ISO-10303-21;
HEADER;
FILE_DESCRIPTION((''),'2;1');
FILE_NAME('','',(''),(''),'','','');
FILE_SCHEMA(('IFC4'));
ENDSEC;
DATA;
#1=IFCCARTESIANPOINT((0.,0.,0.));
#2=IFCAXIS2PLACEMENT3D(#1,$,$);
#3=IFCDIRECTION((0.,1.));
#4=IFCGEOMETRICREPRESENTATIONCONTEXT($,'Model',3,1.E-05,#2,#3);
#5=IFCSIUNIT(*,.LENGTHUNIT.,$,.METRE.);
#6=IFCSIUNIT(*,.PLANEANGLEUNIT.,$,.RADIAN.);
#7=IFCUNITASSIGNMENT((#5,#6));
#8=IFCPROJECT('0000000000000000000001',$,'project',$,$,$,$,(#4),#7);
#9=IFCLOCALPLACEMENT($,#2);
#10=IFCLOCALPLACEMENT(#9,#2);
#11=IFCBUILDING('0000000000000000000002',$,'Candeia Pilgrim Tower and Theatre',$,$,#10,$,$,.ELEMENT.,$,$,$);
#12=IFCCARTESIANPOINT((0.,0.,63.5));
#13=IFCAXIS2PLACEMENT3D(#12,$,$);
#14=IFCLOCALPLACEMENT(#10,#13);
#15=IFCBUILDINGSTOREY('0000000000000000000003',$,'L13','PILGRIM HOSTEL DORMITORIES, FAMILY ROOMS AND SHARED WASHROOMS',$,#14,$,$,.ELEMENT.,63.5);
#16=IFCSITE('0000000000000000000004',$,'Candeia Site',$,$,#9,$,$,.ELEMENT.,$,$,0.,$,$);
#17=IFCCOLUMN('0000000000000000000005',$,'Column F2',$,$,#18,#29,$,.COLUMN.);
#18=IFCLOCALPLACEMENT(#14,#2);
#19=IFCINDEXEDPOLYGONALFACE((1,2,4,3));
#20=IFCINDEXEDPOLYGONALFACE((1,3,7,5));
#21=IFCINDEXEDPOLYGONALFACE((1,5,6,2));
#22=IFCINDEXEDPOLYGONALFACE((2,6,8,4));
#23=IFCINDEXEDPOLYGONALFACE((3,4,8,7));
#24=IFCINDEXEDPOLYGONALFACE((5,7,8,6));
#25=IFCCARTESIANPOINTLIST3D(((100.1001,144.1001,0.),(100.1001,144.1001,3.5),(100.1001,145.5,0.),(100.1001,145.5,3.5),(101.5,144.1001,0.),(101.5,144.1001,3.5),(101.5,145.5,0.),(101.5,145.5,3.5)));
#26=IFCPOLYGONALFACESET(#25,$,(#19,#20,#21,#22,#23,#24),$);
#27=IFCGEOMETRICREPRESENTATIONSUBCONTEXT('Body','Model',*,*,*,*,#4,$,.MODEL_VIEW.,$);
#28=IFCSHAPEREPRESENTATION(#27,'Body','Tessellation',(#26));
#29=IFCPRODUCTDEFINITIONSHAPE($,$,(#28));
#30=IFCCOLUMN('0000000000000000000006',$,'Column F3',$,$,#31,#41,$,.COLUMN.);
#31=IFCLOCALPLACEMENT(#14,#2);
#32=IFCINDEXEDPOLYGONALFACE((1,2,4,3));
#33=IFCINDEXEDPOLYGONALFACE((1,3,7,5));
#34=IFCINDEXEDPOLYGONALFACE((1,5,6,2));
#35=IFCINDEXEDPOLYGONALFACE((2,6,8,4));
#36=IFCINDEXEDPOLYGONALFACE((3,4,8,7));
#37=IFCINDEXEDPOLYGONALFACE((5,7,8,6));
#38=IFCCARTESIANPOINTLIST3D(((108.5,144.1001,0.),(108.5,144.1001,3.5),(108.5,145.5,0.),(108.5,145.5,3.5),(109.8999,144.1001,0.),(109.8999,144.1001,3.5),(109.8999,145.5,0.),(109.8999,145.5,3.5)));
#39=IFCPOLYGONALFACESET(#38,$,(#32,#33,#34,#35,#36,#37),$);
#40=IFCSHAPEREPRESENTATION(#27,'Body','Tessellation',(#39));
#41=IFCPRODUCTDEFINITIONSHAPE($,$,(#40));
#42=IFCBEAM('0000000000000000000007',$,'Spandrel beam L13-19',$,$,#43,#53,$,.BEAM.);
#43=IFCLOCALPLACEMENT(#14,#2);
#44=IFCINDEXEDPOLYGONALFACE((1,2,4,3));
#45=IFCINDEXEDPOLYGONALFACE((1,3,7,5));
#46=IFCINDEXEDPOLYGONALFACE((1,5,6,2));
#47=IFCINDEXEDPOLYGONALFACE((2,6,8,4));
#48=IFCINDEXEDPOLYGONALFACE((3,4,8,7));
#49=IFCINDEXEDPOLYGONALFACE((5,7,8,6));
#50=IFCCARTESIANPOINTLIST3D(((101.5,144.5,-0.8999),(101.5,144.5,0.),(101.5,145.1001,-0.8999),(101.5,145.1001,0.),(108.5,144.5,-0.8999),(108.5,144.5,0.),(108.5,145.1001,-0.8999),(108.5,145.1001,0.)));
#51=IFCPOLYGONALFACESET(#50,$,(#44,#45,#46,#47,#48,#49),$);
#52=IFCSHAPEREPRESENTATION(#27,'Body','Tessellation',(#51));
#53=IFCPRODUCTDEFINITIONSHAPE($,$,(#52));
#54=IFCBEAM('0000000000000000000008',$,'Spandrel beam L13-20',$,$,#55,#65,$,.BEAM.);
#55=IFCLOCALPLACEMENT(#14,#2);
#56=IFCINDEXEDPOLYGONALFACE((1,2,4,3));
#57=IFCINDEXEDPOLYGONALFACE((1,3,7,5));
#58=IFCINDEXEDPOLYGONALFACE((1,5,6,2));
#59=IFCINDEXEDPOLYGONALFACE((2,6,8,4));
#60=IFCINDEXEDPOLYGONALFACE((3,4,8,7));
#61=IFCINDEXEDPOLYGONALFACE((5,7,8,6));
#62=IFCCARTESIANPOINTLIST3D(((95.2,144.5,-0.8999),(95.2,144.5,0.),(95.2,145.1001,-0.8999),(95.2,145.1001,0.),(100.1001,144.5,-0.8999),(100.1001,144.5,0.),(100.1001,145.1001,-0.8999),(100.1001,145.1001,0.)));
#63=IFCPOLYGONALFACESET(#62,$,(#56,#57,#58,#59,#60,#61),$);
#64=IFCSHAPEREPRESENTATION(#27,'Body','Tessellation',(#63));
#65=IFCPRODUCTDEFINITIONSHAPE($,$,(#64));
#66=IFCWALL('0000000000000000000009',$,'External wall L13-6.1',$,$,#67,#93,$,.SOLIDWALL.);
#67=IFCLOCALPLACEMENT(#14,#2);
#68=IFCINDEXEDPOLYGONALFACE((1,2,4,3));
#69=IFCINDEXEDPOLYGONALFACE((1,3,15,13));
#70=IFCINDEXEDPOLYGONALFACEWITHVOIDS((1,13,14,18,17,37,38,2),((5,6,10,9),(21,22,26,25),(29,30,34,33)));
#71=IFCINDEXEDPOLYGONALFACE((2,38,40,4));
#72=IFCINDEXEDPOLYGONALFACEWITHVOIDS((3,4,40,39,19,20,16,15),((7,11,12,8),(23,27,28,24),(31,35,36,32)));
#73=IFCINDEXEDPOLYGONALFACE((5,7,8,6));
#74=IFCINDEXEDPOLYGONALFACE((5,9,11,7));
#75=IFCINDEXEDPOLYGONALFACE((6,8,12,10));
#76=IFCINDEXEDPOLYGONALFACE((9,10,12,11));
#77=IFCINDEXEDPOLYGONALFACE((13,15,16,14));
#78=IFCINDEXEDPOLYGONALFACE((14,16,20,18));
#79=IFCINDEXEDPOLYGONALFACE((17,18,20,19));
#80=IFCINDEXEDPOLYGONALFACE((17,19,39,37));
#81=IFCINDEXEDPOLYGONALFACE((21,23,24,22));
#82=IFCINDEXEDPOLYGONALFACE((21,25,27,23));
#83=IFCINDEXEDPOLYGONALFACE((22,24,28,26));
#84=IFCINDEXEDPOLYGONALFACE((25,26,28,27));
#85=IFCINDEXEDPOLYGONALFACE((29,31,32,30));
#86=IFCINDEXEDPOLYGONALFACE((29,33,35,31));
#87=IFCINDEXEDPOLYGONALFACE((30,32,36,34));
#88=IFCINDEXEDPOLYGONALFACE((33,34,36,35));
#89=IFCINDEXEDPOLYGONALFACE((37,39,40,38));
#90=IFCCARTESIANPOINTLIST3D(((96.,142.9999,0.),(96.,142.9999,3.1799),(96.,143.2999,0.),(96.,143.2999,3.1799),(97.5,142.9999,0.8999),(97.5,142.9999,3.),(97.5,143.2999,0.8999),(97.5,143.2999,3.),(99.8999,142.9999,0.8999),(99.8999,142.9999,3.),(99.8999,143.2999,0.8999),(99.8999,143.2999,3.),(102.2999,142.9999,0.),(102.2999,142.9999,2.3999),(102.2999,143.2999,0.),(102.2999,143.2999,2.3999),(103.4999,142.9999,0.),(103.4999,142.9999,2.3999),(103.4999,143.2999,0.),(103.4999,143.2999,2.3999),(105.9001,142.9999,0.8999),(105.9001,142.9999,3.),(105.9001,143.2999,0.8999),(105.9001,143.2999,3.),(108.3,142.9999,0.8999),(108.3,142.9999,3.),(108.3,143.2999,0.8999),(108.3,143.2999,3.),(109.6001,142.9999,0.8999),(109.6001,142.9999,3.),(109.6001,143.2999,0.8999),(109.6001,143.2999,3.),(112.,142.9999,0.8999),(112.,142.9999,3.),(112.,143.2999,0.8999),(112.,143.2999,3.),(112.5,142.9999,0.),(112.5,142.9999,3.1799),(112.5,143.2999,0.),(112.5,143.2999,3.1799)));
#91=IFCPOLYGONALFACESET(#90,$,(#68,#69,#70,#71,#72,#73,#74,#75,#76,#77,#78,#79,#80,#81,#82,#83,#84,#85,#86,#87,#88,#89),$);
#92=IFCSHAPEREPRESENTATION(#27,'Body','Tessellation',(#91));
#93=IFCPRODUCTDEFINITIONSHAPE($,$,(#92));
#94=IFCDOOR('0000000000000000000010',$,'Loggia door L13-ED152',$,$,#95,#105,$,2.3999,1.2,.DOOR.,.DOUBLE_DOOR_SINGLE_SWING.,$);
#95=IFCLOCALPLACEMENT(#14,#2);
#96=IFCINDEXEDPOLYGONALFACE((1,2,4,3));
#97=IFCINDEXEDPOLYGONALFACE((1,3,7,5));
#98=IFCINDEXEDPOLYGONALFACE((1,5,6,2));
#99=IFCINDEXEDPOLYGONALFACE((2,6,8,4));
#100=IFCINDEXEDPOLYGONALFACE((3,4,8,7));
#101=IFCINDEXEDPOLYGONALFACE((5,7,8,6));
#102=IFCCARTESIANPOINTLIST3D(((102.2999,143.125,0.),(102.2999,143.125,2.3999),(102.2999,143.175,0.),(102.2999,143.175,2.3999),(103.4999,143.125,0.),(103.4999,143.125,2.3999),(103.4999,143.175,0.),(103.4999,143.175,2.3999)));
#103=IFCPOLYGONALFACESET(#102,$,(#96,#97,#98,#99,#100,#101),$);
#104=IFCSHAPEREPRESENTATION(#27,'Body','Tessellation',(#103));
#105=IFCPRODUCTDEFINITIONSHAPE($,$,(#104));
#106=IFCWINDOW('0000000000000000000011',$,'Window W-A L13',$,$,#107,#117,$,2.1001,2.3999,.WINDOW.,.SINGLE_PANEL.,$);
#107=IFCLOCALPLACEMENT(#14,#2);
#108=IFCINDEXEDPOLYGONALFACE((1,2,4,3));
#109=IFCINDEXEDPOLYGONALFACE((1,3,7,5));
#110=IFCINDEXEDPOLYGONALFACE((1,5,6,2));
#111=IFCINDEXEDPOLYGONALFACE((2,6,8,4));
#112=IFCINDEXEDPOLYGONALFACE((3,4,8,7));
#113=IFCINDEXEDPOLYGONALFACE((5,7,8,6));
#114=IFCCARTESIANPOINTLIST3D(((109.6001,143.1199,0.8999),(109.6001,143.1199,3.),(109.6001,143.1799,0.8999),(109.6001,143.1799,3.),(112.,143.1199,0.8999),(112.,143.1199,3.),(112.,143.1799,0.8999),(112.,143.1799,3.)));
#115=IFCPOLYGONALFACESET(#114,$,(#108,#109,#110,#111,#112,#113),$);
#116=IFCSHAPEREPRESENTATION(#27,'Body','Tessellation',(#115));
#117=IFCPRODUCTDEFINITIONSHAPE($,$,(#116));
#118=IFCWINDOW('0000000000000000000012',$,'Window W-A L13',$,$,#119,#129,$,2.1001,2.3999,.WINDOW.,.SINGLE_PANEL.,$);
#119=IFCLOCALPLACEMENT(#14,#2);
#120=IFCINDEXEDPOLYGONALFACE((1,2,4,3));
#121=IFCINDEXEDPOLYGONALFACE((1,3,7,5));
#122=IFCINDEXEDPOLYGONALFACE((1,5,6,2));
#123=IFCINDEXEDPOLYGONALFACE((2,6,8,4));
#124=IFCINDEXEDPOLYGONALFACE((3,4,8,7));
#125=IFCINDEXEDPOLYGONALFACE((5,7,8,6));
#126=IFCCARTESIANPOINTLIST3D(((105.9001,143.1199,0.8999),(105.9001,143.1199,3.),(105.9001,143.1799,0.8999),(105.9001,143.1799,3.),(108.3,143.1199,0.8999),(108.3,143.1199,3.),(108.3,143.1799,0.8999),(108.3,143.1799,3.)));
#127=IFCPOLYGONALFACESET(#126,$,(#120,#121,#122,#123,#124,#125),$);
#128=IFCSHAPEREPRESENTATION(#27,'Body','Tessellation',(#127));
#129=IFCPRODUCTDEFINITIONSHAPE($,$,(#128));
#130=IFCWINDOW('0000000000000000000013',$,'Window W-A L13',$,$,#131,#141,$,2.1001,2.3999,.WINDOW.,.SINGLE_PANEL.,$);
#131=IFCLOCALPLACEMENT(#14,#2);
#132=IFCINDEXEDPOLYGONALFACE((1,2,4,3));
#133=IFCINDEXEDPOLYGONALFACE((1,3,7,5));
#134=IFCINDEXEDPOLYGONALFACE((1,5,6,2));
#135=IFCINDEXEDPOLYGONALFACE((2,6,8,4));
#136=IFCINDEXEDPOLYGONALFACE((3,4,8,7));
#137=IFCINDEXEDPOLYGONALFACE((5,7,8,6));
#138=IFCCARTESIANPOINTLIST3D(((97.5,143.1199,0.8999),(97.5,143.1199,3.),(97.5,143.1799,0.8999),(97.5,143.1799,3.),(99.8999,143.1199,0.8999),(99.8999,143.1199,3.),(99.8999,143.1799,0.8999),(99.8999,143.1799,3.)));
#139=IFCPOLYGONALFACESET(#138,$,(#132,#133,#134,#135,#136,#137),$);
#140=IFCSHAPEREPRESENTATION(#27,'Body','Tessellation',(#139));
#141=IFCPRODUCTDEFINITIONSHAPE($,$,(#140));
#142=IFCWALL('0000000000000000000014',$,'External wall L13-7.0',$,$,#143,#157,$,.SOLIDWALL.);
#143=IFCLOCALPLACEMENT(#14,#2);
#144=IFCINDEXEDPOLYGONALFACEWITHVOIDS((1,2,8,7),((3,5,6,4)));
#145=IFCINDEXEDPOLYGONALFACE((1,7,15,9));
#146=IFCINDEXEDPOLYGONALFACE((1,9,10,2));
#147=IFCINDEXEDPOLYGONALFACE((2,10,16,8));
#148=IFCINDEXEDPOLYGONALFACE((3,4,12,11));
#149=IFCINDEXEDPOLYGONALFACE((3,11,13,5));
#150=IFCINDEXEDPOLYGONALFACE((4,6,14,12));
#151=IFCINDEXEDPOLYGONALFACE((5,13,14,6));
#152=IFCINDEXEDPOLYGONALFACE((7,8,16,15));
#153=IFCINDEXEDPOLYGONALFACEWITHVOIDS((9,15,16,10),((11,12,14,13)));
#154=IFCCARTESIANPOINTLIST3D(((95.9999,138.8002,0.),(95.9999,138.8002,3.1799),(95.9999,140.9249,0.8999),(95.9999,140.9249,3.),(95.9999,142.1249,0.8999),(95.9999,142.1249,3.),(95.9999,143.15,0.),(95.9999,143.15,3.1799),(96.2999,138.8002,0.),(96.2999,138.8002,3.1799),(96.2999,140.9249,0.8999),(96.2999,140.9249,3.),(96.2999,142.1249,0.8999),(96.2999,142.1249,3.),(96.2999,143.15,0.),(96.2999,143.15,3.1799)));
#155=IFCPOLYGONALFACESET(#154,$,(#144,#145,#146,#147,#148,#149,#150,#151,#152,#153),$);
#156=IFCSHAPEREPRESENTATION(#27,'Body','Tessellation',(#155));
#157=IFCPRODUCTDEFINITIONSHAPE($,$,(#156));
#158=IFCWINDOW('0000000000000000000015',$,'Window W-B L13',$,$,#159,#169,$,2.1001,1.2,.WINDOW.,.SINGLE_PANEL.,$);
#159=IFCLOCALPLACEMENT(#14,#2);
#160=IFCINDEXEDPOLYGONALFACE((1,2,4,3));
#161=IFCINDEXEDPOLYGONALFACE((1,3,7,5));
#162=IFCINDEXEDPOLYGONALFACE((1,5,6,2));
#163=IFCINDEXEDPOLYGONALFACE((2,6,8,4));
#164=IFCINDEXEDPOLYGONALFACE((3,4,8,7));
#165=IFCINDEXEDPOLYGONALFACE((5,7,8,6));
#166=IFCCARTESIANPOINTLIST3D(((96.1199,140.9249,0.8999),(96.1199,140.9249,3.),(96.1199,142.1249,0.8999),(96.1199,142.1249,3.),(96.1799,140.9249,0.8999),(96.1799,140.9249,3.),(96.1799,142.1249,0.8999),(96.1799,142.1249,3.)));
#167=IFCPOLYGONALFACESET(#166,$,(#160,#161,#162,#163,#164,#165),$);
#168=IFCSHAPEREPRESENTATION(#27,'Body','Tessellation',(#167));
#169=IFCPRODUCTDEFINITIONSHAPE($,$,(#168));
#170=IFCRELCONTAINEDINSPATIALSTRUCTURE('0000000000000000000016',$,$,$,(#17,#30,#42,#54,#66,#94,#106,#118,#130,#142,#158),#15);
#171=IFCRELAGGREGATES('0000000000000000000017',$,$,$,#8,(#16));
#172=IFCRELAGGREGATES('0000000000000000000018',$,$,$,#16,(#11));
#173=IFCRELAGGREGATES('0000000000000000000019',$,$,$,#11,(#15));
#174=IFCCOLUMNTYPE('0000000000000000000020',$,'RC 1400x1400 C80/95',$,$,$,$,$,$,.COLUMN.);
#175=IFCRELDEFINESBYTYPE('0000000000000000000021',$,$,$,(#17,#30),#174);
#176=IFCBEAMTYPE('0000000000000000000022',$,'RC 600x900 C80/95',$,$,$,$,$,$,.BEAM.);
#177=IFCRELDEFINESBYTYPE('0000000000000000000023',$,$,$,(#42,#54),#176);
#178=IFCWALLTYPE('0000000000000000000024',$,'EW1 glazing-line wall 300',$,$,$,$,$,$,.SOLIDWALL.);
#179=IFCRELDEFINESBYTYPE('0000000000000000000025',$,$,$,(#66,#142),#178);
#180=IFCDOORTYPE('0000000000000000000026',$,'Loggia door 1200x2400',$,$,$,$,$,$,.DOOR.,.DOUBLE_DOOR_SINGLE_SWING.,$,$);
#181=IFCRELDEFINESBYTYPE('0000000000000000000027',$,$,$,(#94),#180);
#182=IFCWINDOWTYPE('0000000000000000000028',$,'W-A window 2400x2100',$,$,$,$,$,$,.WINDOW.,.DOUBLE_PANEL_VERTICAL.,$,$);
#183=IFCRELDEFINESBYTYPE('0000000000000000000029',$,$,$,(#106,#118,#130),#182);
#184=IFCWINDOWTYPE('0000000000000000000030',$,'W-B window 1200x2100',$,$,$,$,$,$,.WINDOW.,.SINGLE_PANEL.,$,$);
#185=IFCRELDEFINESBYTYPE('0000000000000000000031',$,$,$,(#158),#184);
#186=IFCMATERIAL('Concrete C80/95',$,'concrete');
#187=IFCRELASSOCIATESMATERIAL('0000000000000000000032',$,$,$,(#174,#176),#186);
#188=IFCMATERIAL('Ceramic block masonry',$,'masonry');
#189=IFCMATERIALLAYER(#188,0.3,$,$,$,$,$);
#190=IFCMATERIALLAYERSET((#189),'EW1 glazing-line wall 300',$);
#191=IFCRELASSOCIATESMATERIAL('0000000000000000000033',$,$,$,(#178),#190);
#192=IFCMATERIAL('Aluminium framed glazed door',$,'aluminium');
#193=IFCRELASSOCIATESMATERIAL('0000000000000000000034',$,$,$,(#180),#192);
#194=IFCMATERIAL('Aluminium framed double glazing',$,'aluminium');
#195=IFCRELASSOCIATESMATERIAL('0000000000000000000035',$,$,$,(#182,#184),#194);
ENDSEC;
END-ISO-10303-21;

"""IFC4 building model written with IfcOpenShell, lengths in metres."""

from ifc_helpers import new_model, si_unit, direction, frame, frame_2d, origin, origin_2d, place, context, subcontext, project, spatial, rectangle, extrude, material, layer, layer_set, material_profile, profile_set, type_object, element, fill, save


model = new_model("IFC4")

# Units and contexts
model_context = context("Model", 3, precision=1e-05, world=origin(), true_north=direction((0.0, 1.0)))
body_context = subcontext(model_context, "Body", "Model", "MODEL_VIEW")
ifc_project = project(units=[si_unit("LENGTHUNIT", "METRE"), si_unit("PLANEANGLEUNIT", "RADIAN")], contexts=[model_context])

# Site, building, storey
site_placement = place(None, origin())
site = spatial("IfcSite", under=ifc_project, at=site_placement, Name="Candeia Site", CompositionType="ELEMENT", RefElevation=0.0)
building_placement = place(site_placement, origin())
building = spatial("IfcBuilding", under=site, at=building_placement, Name="Candeia Pilgrim Tower and Theatre", CompositionType="ELEMENT")
storey_placement = place(building_placement, frame((0.0, 0.0, 63.5)))
storey = spatial("IfcBuildingStorey", under=building, at=storey_placement, Name="L13", Description="PILGRIM HOSTEL DORMITORIES, FAMILY ROOMS AND SHARED WASHROOMS", CompositionType="ELEMENT", Elevation=63.5)

# Columns
ifc_material_1 = material(Name="Concrete C80/95", Category="concrete")
ifc_material_profile_1 = material_profile(ifc_material_1, rectangle(XDim=1.3999, YDim=1.3999, at=origin_2d()))
ifc_profile_set_1 = profile_set([ifc_material_profile_1], Name="Concrete C80/95")
column_type = type_object("IfcColumnType", Name="RC 1400x1400 C80/95", PredefinedType="COLUMN", material=ifc_profile_set_1)
for number, where, z_axis, x_axis, name in (
    (1, (100.8, 144.8, 0.0), (0.0, 0.0, 1.0), (1.0, 0.0, 0.0), "Column F2"),
    (2, (109.2, 144.8, 0.0), (0.0, 0.0, 1.0), (1.0, 0.0, 0.0), "Column F3"),
):
    element("IfcColumn", number, at=place(storey_placement, frame(where, z_axis=z_axis, x_axis=x_axis)), inside=storey, type_object=column_type, Name=name, PredefinedType="COLUMN", context=body_context, shape_type="SweptSolid", body=[
        extrude(rectangle(XDim=1.3999, YDim=1.3999, at=origin_2d()), origin(), (0.0, 0.0, 1.0), 3.5),
    ])

# Beams
ifc_material_profile_2 = material_profile(ifc_material_1, rectangle(XDim=0.6001, YDim=0.8999, at=origin_2d()))
ifc_profile_set_2 = profile_set([ifc_material_profile_2], Name="Concrete C80/95")
beam_type = type_object("IfcBeamType", Name="RC 600x900 C80/95", PredefinedType="BEAM", material=ifc_profile_set_2)
beam_1_placement = place(storey_placement, frame((108.5, 144.8, -0.45), z_axis=(-1.0, 0.0, 0.0), x_axis=(0.0, -1.0, 0.0)))
element("IfcBeam", 3, at=beam_1_placement, inside=storey, type_object=beam_type, Name="Spandrel beam L13-19", PredefinedType="BEAM", context=body_context, shape_type="SweptSolid", body=[
    extrude(rectangle(XDim=0.6001, YDim=0.8999, at=origin_2d()), origin(), (0.0, 0.0, 1.0), 7.0),
])
beam_2_placement = place(storey_placement, frame((100.1001, 144.8, -0.45), z_axis=(-1.0, 0.0, 0.0), x_axis=(0.0, -1.0, 0.0)))
element("IfcBeam", 4, at=beam_2_placement, inside=storey, type_object=beam_type, Name="Spandrel beam L13-20", PredefinedType="BEAM", context=body_context, shape_type="SweptSolid", body=[
    extrude(rectangle(XDim=0.6001, YDim=0.8999, at=origin_2d()), origin(), (0.0, 0.0, 1.0), 4.9001),
])

# Wall, openings, door, windows
ifc_material_2 = material(Name="Ceramic block masonry", Category="masonry")
ifc_layer_1 = layer(ifc_material_2, 0.3)
ifc_layer_set_1 = layer_set([ifc_layer_1], Name="EW1 glazing-line wall 300")
wall_type_1 = type_object("IfcWallType", Name="EW1 glazing-line wall 300", PredefinedType="SOLIDWALL", material=ifc_layer_set_1)
wall_1_placement = place(storey_placement, frame((112.5, 143.1499, 0.0), z_axis=(0.0, 0.0, 1.0), x_axis=(-1.0, 0.0, 0.0)))
wall_1 = element("IfcWall", 5, at=wall_1_placement, inside=storey, type_object=wall_type_1, Name="External wall L13-6.1", PredefinedType="SOLIDWALL", context=body_context, shape_type="SweptSolid", body=[
    extrude(rectangle(XDim=16.5, YDim=0.3, at=frame_2d((8.25, 0.0))), origin(), (0.0, 0.0, 1.0), 3.1799),
])
opening_1_placement = place(wall_1_placement, frame((0.5, 0.0, 0.8999)))
opening_1 = element("IfcOpeningElement", 6, at=opening_1_placement, cuts=wall_1, PredefinedType="OPENING", context=body_context, shape_type="SweptSolid", body=[
    extrude(rectangle(XDim=2.3999, YDim=2.1001, at=frame_2d((1.2, 1.05))), frame((0.0, 0.1602, 0.0), z_axis=(0.0, -1.0, 0.0), x_axis=(1.0, 0.0, 0.0)), (0.0, 0.0, 1.0), 0.3201),
])
opening_2_placement = place(wall_1_placement, frame((4.2, 0.0, 0.8999)))
opening_2 = element("IfcOpeningElement", 7, at=opening_2_placement, cuts=wall_1, PredefinedType="OPENING", context=body_context, shape_type="SweptSolid", body=[
    extrude(rectangle(XDim=2.3999, YDim=2.1001, at=frame_2d((1.2, 1.05))), frame((0.0, 0.1602, 0.0), z_axis=(0.0, -1.0, 0.0), x_axis=(1.0, 0.0, 0.0)), (0.0, 0.0, 1.0), 0.3201),
])
opening_3_placement = place(wall_1_placement, frame((9.0, 0.0, 0.0)))
opening_3 = element("IfcOpeningElement", 8, at=opening_3_placement, cuts=wall_1, PredefinedType="OPENING", context=body_context, shape_type="SweptSolid", body=[
    extrude(rectangle(XDim=1.2, YDim=2.3999, at=frame_2d((0.6001, 1.2))), frame((0.0, 0.1602, 0.0), z_axis=(0.0, -1.0, 0.0), x_axis=(1.0, 0.0, 0.0)), (0.0, 0.0, 1.0), 0.3201),
])
opening_4_placement = place(wall_1_placement, frame((12.6001, 0.0, 0.8999)))
opening_4 = element("IfcOpeningElement", 9, at=opening_4_placement, cuts=wall_1, PredefinedType="OPENING", context=body_context, shape_type="SweptSolid", body=[
    extrude(rectangle(XDim=2.3999, YDim=2.1001, at=frame_2d((1.2, 1.05))), frame((0.0, 0.1602, 0.0), z_axis=(0.0, -1.0, 0.0), x_axis=(1.0, 0.0, 0.0)), (0.0, 0.0, 1.0), 0.3201),
])
ifc_material_3 = material(Name="Aluminium framed glazed door", Category="aluminium")
door_type_1 = type_object("IfcDoorType", Name="Loggia door 1200x2400", OperationType="DOUBLE_DOOR_SINGLE_SWING", PredefinedType="DOOR", material=ifc_material_3)
door_1_placement = place(opening_3_placement, origin())
door_1 = element("IfcDoor", 10, at=door_1_placement, inside=storey, type_object=door_type_1, Name="Loggia door L13-ED152", OperationType="DOUBLE_DOOR_SINGLE_SWING", OverallHeight=2.3999, OverallWidth=1.2, PredefinedType="DOOR", context=body_context, shape_type="SweptSolid", body=[
    extrude(rectangle(XDim=1.2, YDim=2.3999, at=frame_2d((0.6001, 1.2))), frame((0.0, 0.0249, 0.0), z_axis=(0.0, -1.0, 0.0), x_axis=(1.0, 0.0, 0.0)), (0.0, 0.0, 1.0), 0.05),
])
fill(opening_3, door_1)
ifc_material_4 = material(Name="Aluminium framed double glazing", Category="aluminium")
window_type_1 = type_object("IfcWindowType", Name="W-A window 2400x2100", PartitioningType="DOUBLE_PANEL_VERTICAL", PredefinedType="WINDOW", material=ifc_material_4)
window_1_placement = place(opening_1_placement, origin())
window_1 = element("IfcWindow", 11, at=window_1_placement, inside=storey, type_object=window_type_1, Name="Window W-A L13", OverallHeight=2.1001, OverallWidth=2.3999, PartitioningType="SINGLE_PANEL", PredefinedType="WINDOW", context=body_context, shape_type="SweptSolid", body=[
    extrude(rectangle(XDim=2.3999, YDim=2.1001, at=frame_2d((1.2, 1.05))), frame((0.0, 0.03, 0.0), z_axis=(0.0, -1.0, 0.0), x_axis=(1.0, 0.0, 0.0)), (0.0, 0.0, 1.0), 0.0601),
])
fill(opening_1, window_1)
window_2_placement = place(opening_2_placement, origin())
window_2 = element("IfcWindow", 12, at=window_2_placement, inside=storey, type_object=window_type_1, Name="Window W-A L13", OverallHeight=2.1001, OverallWidth=2.3999, PartitioningType="SINGLE_PANEL", PredefinedType="WINDOW", context=body_context, shape_type="SweptSolid", body=[
    extrude(rectangle(XDim=2.3999, YDim=2.1001, at=frame_2d((1.2, 1.05))), frame((0.0, 0.03, 0.0), z_axis=(0.0, -1.0, 0.0), x_axis=(1.0, 0.0, 0.0)), (0.0, 0.0, 1.0), 0.0601),
])
fill(opening_2, window_2)
window_3_placement = place(opening_4_placement, origin())
window_3 = element("IfcWindow", 13, at=window_3_placement, inside=storey, type_object=window_type_1, Name="Window W-A L13", OverallHeight=2.1001, OverallWidth=2.3999, PartitioningType="SINGLE_PANEL", PredefinedType="WINDOW", context=body_context, shape_type="SweptSolid", body=[
    extrude(rectangle(XDim=2.3999, YDim=2.1001, at=frame_2d((1.2, 1.05))), frame((0.0, 0.03, 0.0), z_axis=(0.0, -1.0, 0.0), x_axis=(1.0, 0.0, 0.0)), (0.0, 0.0, 1.0), 0.0601),
])
fill(opening_4, window_3)

# Wall, opening, window
wall_2_placement = place(storey_placement, frame((96.1499, 143.1499, 0.0), z_axis=(0.0, 0.0, 1.0), x_axis=(0.0, -1.0, 0.0)))
wall_2 = element("IfcWall", 14, at=wall_2_placement, inside=storey, type_object=wall_type_1, Name="External wall L13-7.0", PredefinedType="SOLIDWALL", context=body_context, shape_type="SweptSolid", body=[
    extrude(rectangle(XDim=4.3499, YDim=0.3, at=frame_2d((2.1748, 0.0))), origin(), (0.0, 0.0, 1.0), 3.1799),
])
opening_5_placement = place(wall_2_placement, frame((1.0249, 0.0, 0.8999)))
opening_5 = element("IfcOpeningElement", 15, at=opening_5_placement, cuts=wall_2, PredefinedType="OPENING", context=body_context, shape_type="SweptSolid", body=[
    extrude(rectangle(XDim=1.2, YDim=2.1001, at=frame_2d((0.6001, 1.05))), frame((0.0, 0.1602, 0.0), z_axis=(0.0, -1.0, 0.0), x_axis=(1.0, 0.0, 0.0)), (0.0, 0.0, 1.0), 0.3201),
])
window_type_2 = type_object("IfcWindowType", Name="W-B window 1200x2100", PartitioningType="SINGLE_PANEL", PredefinedType="WINDOW", material=ifc_material_4)
window_4_placement = place(opening_5_placement, origin())
window_4 = element("IfcWindow", 16, at=window_4_placement, inside=storey, type_object=window_type_2, Name="Window W-B L13", OverallHeight=2.1001, OverallWidth=1.2, PartitioningType="SINGLE_PANEL", PredefinedType="WINDOW", context=body_context, shape_type="SweptSolid", body=[
    extrude(rectangle(XDim=1.2, YDim=2.1001, at=frame_2d((0.6001, 1.05))), frame((0.0, 0.03, 0.0), z_axis=(0.0, -1.0, 0.0), x_axis=(1.0, 0.0, 0.0)), (0.0, 0.0, 1.0), 0.0601),
])
fill(opening_5, window_4)

save(model, "model.ifc")
